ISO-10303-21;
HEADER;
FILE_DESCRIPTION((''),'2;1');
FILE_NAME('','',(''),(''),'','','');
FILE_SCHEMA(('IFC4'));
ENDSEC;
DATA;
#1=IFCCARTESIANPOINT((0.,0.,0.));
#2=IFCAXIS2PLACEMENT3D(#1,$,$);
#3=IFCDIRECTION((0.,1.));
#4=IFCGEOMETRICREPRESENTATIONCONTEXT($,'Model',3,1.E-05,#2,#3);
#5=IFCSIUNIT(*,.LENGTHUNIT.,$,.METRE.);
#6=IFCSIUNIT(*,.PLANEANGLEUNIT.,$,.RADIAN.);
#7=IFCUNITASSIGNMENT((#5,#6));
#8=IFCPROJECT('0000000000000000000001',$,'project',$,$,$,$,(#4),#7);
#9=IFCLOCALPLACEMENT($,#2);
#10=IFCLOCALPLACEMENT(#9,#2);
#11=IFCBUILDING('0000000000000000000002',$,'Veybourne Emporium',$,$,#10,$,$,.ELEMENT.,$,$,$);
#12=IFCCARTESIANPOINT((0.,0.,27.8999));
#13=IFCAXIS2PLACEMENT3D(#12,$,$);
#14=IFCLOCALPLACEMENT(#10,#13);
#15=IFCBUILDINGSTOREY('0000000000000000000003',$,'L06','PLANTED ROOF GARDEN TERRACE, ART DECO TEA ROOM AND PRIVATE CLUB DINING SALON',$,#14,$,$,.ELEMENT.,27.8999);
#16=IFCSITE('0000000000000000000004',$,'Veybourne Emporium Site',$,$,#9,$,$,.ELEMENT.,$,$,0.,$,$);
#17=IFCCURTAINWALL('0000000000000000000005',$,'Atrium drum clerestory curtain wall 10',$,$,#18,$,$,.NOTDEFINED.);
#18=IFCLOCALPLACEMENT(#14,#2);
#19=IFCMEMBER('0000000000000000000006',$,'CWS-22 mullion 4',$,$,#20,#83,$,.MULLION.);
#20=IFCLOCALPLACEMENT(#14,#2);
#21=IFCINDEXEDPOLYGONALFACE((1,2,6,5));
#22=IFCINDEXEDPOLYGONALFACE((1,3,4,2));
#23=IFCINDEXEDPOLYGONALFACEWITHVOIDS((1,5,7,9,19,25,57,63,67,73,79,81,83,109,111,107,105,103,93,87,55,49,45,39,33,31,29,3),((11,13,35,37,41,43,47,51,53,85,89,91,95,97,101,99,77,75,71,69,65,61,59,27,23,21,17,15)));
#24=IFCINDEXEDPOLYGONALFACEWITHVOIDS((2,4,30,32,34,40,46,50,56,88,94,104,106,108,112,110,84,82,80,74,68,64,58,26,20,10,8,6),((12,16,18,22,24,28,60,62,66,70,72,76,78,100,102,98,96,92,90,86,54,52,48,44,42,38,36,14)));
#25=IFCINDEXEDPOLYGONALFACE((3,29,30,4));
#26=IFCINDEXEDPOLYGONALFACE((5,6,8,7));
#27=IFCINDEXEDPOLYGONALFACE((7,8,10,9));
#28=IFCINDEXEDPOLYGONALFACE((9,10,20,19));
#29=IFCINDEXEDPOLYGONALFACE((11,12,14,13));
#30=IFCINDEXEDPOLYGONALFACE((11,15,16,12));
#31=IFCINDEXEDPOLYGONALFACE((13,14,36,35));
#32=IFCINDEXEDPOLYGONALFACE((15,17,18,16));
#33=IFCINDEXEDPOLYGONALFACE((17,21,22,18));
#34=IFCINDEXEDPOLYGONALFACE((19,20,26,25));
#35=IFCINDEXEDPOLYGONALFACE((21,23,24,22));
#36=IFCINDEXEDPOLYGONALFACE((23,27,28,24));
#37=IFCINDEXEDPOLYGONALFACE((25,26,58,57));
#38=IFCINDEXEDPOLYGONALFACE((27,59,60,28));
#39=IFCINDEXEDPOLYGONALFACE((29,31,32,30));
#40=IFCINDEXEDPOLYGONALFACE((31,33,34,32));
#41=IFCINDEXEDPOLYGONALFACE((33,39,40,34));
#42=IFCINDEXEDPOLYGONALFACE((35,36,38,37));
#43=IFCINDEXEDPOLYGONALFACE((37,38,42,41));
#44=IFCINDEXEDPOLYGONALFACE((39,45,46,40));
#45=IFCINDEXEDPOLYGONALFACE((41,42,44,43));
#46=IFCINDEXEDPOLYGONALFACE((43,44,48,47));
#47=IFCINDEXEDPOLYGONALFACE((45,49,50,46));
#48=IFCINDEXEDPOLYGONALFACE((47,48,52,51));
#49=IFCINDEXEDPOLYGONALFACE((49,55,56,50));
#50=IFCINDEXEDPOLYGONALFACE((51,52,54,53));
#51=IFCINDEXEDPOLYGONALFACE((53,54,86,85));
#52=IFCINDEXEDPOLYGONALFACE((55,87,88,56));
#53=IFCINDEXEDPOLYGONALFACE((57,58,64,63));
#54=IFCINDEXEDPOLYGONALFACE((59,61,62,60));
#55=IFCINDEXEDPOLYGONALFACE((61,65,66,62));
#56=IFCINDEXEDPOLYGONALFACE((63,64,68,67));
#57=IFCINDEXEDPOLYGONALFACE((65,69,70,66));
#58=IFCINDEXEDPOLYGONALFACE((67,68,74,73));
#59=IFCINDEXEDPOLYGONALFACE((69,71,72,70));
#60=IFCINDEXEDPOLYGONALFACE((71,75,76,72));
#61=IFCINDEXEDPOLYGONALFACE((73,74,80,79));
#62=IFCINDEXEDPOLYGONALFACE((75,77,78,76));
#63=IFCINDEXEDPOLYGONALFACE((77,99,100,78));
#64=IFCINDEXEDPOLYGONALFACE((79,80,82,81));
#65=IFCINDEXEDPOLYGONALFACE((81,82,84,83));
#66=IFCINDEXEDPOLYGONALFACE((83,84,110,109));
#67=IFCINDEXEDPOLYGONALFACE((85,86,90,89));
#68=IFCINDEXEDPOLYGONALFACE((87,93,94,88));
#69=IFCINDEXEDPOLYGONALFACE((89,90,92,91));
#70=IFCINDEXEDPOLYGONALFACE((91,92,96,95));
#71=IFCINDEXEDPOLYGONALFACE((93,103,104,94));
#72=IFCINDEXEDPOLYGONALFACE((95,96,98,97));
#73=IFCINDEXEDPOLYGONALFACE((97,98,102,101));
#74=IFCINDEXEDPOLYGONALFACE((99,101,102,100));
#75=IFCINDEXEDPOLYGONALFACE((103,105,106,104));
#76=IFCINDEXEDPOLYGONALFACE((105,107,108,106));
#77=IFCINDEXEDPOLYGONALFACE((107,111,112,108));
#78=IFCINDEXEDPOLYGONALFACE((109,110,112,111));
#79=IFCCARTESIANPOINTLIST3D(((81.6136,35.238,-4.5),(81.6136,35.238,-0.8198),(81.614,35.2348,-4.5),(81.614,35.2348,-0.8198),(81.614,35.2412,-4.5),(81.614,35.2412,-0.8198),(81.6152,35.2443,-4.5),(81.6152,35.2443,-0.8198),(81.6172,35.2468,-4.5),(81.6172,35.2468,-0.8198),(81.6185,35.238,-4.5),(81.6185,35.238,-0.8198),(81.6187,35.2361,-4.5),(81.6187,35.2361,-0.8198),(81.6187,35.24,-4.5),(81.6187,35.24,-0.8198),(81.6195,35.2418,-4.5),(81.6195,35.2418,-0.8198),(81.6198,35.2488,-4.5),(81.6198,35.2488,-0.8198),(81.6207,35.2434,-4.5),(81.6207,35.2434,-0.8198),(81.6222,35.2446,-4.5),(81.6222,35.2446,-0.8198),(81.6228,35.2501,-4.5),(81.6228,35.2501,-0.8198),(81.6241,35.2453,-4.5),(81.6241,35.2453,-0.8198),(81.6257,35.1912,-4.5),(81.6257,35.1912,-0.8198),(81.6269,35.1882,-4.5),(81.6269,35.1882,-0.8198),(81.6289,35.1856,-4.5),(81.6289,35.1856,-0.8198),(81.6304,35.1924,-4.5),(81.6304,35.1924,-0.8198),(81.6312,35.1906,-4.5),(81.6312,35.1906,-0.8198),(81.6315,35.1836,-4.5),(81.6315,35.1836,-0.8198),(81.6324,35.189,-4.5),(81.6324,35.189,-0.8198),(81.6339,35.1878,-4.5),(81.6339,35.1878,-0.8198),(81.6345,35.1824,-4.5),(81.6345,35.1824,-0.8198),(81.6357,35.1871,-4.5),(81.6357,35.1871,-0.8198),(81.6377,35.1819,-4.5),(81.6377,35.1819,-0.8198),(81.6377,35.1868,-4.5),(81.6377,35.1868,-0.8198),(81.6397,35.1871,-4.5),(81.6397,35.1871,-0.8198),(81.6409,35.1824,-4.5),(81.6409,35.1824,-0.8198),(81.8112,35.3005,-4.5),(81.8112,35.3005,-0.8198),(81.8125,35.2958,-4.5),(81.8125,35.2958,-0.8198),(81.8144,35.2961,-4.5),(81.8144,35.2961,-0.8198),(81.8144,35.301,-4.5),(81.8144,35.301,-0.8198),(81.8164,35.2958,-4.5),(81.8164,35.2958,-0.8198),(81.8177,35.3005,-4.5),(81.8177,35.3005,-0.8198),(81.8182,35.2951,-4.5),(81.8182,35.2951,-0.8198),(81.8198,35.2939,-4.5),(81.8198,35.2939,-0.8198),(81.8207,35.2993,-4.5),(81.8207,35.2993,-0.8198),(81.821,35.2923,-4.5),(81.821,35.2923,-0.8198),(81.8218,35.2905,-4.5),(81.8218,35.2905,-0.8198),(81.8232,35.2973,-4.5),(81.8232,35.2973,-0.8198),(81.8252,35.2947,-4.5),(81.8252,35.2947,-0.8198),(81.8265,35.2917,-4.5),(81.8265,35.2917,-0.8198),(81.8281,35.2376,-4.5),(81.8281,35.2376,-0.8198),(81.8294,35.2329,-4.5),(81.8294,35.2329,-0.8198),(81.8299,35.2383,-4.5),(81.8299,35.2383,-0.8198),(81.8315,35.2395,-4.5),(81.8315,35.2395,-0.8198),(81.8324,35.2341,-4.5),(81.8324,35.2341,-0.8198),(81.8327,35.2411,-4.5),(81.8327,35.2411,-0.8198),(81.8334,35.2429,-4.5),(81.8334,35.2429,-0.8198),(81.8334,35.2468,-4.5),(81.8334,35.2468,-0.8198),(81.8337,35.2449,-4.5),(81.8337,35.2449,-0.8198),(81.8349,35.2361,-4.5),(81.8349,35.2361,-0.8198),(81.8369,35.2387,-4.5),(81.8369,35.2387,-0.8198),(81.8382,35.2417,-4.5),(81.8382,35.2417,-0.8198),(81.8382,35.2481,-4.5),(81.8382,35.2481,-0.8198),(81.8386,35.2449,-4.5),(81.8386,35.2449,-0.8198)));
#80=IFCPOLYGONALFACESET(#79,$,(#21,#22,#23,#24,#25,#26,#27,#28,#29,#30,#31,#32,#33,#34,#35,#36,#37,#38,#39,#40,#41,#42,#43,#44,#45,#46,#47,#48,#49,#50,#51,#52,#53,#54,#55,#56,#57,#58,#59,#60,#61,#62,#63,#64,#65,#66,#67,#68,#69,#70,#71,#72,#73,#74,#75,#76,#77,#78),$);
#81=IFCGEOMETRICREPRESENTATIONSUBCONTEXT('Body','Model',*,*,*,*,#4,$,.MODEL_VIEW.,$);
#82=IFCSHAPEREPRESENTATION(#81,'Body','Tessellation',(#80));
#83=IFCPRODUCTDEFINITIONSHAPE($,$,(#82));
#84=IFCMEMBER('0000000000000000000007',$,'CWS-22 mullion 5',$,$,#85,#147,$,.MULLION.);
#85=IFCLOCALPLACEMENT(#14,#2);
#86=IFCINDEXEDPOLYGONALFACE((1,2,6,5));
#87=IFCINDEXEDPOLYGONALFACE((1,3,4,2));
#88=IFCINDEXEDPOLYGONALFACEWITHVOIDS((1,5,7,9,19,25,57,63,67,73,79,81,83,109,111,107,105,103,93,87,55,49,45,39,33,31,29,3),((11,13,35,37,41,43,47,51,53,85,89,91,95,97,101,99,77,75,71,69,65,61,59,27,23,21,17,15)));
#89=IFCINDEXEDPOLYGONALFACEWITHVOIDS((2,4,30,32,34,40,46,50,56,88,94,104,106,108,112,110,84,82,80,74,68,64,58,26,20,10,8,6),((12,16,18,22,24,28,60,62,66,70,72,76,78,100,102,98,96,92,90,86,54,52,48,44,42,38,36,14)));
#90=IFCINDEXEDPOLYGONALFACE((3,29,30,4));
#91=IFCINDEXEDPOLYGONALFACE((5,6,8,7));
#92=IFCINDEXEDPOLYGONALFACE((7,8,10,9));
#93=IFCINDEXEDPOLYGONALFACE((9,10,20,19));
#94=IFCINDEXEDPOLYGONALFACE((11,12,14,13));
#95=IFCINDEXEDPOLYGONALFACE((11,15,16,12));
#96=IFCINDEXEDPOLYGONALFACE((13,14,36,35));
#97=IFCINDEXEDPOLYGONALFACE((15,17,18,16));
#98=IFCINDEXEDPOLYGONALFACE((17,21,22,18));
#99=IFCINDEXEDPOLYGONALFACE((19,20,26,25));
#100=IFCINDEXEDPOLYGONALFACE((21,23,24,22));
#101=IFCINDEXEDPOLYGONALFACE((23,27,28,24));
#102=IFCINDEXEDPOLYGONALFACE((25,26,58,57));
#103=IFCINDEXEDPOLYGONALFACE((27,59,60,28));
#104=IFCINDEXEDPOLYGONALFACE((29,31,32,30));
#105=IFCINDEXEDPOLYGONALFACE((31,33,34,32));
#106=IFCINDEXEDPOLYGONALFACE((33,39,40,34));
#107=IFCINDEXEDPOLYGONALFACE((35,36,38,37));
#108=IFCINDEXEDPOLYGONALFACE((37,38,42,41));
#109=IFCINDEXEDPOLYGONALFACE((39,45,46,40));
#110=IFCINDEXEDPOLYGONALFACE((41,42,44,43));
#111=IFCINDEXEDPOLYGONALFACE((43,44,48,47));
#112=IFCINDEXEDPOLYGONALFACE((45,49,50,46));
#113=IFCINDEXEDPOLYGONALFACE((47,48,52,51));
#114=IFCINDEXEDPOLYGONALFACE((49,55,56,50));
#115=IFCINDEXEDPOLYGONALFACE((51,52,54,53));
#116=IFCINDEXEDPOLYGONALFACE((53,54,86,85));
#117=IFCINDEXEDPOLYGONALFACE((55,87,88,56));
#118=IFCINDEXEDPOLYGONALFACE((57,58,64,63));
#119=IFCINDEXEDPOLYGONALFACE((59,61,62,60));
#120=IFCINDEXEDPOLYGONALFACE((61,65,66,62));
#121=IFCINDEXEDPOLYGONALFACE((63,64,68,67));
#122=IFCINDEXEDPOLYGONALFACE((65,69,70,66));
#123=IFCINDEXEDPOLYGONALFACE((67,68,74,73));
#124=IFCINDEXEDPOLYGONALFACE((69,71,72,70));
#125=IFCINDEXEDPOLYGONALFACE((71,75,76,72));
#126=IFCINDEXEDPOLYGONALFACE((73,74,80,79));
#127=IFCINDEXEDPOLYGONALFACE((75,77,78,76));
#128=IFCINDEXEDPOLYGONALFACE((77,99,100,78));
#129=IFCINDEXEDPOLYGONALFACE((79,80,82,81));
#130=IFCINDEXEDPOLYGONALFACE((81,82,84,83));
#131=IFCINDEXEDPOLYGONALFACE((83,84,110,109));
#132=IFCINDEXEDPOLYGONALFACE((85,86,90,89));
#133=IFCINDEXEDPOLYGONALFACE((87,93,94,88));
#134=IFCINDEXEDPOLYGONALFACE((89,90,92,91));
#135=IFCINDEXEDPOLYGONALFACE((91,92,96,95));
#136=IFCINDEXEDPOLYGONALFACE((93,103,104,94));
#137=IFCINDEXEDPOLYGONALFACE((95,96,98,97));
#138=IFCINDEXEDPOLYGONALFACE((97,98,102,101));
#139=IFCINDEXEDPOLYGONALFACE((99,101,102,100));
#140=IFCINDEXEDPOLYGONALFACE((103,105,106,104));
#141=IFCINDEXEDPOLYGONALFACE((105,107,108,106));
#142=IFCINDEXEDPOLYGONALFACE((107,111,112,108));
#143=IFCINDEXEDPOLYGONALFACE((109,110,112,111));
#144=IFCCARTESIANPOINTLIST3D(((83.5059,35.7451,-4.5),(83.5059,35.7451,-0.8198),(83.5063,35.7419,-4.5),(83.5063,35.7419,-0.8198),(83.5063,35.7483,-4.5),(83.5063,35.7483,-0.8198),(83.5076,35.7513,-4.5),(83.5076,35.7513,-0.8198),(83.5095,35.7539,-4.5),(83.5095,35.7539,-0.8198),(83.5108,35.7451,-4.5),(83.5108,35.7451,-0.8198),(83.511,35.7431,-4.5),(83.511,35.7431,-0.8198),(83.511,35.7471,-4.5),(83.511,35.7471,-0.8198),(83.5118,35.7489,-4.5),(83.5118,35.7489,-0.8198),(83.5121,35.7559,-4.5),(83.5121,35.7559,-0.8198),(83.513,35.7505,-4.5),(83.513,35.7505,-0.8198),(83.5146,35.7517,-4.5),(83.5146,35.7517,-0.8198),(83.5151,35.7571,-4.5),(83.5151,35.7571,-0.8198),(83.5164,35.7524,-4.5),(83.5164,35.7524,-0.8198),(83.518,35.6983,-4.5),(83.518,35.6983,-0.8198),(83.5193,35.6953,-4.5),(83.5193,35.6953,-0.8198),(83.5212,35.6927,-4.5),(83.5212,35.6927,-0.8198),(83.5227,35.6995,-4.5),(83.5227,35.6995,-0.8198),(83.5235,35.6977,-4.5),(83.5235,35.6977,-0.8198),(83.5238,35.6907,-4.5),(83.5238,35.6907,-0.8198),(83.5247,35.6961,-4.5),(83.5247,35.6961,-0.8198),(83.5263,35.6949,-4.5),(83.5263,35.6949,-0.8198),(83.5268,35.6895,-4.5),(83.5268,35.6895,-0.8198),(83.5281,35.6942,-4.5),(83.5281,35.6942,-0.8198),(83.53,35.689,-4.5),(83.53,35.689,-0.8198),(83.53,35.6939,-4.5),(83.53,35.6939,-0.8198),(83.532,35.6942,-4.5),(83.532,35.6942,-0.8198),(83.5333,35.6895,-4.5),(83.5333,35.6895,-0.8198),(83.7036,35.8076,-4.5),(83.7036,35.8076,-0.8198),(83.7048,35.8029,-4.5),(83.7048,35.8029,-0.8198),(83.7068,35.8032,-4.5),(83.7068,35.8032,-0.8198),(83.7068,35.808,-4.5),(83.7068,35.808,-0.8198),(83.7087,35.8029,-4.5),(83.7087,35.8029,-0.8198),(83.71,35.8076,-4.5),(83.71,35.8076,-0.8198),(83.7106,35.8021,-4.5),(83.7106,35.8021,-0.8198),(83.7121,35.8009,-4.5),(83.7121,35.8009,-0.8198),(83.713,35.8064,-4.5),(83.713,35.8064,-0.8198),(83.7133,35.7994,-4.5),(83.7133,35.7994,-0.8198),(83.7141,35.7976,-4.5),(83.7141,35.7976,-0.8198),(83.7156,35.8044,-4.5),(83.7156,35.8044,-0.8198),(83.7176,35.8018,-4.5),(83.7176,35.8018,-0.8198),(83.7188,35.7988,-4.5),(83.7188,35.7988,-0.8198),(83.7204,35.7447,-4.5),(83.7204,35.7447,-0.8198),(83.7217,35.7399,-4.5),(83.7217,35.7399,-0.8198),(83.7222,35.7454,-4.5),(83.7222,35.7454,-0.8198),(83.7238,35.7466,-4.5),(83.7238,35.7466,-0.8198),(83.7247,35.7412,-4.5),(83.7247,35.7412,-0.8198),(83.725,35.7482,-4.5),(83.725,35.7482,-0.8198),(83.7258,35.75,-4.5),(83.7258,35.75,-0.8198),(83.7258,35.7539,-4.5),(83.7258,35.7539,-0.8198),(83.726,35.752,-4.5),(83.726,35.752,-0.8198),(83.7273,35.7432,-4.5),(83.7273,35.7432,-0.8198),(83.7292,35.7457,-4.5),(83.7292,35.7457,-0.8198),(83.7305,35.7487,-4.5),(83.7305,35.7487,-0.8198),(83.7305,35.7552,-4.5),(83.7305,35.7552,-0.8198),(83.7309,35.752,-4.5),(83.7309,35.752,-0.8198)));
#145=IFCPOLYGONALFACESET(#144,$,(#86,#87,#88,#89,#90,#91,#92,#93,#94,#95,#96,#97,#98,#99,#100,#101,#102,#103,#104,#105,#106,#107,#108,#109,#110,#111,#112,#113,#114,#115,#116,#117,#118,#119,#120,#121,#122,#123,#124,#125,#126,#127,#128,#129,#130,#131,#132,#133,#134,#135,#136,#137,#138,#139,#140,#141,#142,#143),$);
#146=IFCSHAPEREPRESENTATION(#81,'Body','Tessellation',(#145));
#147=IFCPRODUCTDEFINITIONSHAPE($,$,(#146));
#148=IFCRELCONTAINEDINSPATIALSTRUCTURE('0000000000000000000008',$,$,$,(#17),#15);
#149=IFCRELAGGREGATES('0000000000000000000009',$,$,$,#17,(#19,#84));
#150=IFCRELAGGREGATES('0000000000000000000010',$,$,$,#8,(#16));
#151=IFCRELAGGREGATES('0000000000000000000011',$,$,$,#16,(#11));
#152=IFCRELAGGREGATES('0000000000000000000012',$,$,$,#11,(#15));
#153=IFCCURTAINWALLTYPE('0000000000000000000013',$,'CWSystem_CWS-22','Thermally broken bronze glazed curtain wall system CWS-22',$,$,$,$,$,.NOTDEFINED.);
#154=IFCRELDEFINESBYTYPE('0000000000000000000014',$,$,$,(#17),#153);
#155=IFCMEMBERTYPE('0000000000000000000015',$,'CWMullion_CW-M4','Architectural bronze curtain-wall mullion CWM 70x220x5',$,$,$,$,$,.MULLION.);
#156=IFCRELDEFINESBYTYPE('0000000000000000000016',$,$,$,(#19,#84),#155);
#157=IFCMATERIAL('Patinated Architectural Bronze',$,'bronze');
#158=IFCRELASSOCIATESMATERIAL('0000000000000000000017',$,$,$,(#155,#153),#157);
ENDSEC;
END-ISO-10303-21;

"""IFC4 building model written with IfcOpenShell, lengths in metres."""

from ifc_helpers import new_model, si_unit, direction, frame, origin, origin_2d, place, context, subcontext, project, spatial, hollow_rectangle, extrude, material, material_profile, profile_set, type_object, element, aggregate, save


model = new_model("IFC4")

# Units and contexts
model_context = context("Model", 3, precision=1e-05, world=origin(), true_north=direction((0.0, 1.0)))
body_context = subcontext(model_context, "Body", "Model", "MODEL_VIEW")
ifc_project = project(units=[si_unit("LENGTHUNIT", "METRE"), si_unit("PLANEANGLEUNIT", "RADIAN")], contexts=[model_context])

# Site, building, storey
site_placement = place(None, origin())
site = spatial("IfcSite", under=ifc_project, at=site_placement, Name="Veybourne Emporium Site", CompositionType="ELEMENT", RefElevation=0.0)
building_placement = place(site_placement, origin())
building = spatial("IfcBuilding", under=site, at=building_placement, Name="Veybourne Emporium", CompositionType="ELEMENT")
storey_placement = place(building_placement, frame((0.0, 0.0, 27.8999)))
storey = spatial("IfcBuildingStorey", under=building, at=storey_placement, Name="L06", Description="PLANTED ROOF GARDEN TERRACE, ART DECO TEA ROOM AND PRIVATE CLUB DINING SALON", CompositionType="ELEMENT", Elevation=27.8999)

# Shared definitions
ifc_material_1 = material(Name="Patinated Architectural Bronze", Category="bronze")
ifc_material_profile_1 = material_profile(ifc_material_1, hollow_rectangle(XDim=0.0701, YDim=0.22, WallThickness=0.0049, InnerFilletRadius=0.0076, OuterFilletRadius=0.0125, at=origin_2d()), Name="CWM 70x220x5")
ifc_profile_set_1 = profile_set([ifc_material_profile_1], Name="Patinated Architectural Bronze")
member_type_1 = type_object("IfcMemberType", Name="CWMullion_CW-M4", Description="Architectural bronze curtain-wall mullion CWM 70x220x5", PredefinedType="MULLION", material=ifc_profile_set_1)

# Curtain wall, members
curtain_wall_type_1 = type_object("IfcCurtainWallType", Name="CWSystem_CWS-22", Description="Thermally broken bronze glazed curtain wall system CWS-22", PredefinedType="NOTDEFINED", material=ifc_material_1)
curtain_wall_1_placement = place(storey_placement, origin())
curtain_wall_1 = element("IfcCurtainWall", 1, at=curtain_wall_1_placement, inside=storey, type_object=curtain_wall_type_1, Name="Atrium drum clerestory curtain wall 10", PredefinedType="NOTDEFINED")
member_1_placement = place(storey_placement, frame((81.7261, 35.2415, -4.5), z_axis=(0.0, 0.0, 1.0), x_axis=(-0.25882, 0.965926, 0.0)))
member_1 = element("IfcMember", 2, at=member_1_placement, type_object=member_type_1, Name="CWS-22 mullion 4", PredefinedType="MULLION", context=body_context, shape_type="SweptSolid", body=[
    extrude(hollow_rectangle(XDim=0.0701, YDim=0.22, WallThickness=0.0049, InnerFilletRadius=0.0076, OuterFilletRadius=0.0125, at=origin_2d()), origin(), (0.0, 0.0, 1.0), 3.6802),
])
member_2_placement = place(storey_placement, frame((83.6184, 35.7485, -4.5), z_axis=(0.0, 0.0, 1.0), x_axis=(-0.25882, 0.965926, 0.0)))
member_2 = element("IfcMember", 3, at=member_2_placement, type_object=member_type_1, Name="CWS-22 mullion 5", PredefinedType="MULLION", context=body_context, shape_type="SweptSolid", body=[
    extrude(hollow_rectangle(XDim=0.0701, YDim=0.22, WallThickness=0.0049, InnerFilletRadius=0.0076, OuterFilletRadius=0.0125, at=origin_2d()), origin(), (0.0, 0.0, 1.0), 3.6802),
])

aggregate(curtain_wall_1, [member_1, member_2])

save(model, "model.ifc")
